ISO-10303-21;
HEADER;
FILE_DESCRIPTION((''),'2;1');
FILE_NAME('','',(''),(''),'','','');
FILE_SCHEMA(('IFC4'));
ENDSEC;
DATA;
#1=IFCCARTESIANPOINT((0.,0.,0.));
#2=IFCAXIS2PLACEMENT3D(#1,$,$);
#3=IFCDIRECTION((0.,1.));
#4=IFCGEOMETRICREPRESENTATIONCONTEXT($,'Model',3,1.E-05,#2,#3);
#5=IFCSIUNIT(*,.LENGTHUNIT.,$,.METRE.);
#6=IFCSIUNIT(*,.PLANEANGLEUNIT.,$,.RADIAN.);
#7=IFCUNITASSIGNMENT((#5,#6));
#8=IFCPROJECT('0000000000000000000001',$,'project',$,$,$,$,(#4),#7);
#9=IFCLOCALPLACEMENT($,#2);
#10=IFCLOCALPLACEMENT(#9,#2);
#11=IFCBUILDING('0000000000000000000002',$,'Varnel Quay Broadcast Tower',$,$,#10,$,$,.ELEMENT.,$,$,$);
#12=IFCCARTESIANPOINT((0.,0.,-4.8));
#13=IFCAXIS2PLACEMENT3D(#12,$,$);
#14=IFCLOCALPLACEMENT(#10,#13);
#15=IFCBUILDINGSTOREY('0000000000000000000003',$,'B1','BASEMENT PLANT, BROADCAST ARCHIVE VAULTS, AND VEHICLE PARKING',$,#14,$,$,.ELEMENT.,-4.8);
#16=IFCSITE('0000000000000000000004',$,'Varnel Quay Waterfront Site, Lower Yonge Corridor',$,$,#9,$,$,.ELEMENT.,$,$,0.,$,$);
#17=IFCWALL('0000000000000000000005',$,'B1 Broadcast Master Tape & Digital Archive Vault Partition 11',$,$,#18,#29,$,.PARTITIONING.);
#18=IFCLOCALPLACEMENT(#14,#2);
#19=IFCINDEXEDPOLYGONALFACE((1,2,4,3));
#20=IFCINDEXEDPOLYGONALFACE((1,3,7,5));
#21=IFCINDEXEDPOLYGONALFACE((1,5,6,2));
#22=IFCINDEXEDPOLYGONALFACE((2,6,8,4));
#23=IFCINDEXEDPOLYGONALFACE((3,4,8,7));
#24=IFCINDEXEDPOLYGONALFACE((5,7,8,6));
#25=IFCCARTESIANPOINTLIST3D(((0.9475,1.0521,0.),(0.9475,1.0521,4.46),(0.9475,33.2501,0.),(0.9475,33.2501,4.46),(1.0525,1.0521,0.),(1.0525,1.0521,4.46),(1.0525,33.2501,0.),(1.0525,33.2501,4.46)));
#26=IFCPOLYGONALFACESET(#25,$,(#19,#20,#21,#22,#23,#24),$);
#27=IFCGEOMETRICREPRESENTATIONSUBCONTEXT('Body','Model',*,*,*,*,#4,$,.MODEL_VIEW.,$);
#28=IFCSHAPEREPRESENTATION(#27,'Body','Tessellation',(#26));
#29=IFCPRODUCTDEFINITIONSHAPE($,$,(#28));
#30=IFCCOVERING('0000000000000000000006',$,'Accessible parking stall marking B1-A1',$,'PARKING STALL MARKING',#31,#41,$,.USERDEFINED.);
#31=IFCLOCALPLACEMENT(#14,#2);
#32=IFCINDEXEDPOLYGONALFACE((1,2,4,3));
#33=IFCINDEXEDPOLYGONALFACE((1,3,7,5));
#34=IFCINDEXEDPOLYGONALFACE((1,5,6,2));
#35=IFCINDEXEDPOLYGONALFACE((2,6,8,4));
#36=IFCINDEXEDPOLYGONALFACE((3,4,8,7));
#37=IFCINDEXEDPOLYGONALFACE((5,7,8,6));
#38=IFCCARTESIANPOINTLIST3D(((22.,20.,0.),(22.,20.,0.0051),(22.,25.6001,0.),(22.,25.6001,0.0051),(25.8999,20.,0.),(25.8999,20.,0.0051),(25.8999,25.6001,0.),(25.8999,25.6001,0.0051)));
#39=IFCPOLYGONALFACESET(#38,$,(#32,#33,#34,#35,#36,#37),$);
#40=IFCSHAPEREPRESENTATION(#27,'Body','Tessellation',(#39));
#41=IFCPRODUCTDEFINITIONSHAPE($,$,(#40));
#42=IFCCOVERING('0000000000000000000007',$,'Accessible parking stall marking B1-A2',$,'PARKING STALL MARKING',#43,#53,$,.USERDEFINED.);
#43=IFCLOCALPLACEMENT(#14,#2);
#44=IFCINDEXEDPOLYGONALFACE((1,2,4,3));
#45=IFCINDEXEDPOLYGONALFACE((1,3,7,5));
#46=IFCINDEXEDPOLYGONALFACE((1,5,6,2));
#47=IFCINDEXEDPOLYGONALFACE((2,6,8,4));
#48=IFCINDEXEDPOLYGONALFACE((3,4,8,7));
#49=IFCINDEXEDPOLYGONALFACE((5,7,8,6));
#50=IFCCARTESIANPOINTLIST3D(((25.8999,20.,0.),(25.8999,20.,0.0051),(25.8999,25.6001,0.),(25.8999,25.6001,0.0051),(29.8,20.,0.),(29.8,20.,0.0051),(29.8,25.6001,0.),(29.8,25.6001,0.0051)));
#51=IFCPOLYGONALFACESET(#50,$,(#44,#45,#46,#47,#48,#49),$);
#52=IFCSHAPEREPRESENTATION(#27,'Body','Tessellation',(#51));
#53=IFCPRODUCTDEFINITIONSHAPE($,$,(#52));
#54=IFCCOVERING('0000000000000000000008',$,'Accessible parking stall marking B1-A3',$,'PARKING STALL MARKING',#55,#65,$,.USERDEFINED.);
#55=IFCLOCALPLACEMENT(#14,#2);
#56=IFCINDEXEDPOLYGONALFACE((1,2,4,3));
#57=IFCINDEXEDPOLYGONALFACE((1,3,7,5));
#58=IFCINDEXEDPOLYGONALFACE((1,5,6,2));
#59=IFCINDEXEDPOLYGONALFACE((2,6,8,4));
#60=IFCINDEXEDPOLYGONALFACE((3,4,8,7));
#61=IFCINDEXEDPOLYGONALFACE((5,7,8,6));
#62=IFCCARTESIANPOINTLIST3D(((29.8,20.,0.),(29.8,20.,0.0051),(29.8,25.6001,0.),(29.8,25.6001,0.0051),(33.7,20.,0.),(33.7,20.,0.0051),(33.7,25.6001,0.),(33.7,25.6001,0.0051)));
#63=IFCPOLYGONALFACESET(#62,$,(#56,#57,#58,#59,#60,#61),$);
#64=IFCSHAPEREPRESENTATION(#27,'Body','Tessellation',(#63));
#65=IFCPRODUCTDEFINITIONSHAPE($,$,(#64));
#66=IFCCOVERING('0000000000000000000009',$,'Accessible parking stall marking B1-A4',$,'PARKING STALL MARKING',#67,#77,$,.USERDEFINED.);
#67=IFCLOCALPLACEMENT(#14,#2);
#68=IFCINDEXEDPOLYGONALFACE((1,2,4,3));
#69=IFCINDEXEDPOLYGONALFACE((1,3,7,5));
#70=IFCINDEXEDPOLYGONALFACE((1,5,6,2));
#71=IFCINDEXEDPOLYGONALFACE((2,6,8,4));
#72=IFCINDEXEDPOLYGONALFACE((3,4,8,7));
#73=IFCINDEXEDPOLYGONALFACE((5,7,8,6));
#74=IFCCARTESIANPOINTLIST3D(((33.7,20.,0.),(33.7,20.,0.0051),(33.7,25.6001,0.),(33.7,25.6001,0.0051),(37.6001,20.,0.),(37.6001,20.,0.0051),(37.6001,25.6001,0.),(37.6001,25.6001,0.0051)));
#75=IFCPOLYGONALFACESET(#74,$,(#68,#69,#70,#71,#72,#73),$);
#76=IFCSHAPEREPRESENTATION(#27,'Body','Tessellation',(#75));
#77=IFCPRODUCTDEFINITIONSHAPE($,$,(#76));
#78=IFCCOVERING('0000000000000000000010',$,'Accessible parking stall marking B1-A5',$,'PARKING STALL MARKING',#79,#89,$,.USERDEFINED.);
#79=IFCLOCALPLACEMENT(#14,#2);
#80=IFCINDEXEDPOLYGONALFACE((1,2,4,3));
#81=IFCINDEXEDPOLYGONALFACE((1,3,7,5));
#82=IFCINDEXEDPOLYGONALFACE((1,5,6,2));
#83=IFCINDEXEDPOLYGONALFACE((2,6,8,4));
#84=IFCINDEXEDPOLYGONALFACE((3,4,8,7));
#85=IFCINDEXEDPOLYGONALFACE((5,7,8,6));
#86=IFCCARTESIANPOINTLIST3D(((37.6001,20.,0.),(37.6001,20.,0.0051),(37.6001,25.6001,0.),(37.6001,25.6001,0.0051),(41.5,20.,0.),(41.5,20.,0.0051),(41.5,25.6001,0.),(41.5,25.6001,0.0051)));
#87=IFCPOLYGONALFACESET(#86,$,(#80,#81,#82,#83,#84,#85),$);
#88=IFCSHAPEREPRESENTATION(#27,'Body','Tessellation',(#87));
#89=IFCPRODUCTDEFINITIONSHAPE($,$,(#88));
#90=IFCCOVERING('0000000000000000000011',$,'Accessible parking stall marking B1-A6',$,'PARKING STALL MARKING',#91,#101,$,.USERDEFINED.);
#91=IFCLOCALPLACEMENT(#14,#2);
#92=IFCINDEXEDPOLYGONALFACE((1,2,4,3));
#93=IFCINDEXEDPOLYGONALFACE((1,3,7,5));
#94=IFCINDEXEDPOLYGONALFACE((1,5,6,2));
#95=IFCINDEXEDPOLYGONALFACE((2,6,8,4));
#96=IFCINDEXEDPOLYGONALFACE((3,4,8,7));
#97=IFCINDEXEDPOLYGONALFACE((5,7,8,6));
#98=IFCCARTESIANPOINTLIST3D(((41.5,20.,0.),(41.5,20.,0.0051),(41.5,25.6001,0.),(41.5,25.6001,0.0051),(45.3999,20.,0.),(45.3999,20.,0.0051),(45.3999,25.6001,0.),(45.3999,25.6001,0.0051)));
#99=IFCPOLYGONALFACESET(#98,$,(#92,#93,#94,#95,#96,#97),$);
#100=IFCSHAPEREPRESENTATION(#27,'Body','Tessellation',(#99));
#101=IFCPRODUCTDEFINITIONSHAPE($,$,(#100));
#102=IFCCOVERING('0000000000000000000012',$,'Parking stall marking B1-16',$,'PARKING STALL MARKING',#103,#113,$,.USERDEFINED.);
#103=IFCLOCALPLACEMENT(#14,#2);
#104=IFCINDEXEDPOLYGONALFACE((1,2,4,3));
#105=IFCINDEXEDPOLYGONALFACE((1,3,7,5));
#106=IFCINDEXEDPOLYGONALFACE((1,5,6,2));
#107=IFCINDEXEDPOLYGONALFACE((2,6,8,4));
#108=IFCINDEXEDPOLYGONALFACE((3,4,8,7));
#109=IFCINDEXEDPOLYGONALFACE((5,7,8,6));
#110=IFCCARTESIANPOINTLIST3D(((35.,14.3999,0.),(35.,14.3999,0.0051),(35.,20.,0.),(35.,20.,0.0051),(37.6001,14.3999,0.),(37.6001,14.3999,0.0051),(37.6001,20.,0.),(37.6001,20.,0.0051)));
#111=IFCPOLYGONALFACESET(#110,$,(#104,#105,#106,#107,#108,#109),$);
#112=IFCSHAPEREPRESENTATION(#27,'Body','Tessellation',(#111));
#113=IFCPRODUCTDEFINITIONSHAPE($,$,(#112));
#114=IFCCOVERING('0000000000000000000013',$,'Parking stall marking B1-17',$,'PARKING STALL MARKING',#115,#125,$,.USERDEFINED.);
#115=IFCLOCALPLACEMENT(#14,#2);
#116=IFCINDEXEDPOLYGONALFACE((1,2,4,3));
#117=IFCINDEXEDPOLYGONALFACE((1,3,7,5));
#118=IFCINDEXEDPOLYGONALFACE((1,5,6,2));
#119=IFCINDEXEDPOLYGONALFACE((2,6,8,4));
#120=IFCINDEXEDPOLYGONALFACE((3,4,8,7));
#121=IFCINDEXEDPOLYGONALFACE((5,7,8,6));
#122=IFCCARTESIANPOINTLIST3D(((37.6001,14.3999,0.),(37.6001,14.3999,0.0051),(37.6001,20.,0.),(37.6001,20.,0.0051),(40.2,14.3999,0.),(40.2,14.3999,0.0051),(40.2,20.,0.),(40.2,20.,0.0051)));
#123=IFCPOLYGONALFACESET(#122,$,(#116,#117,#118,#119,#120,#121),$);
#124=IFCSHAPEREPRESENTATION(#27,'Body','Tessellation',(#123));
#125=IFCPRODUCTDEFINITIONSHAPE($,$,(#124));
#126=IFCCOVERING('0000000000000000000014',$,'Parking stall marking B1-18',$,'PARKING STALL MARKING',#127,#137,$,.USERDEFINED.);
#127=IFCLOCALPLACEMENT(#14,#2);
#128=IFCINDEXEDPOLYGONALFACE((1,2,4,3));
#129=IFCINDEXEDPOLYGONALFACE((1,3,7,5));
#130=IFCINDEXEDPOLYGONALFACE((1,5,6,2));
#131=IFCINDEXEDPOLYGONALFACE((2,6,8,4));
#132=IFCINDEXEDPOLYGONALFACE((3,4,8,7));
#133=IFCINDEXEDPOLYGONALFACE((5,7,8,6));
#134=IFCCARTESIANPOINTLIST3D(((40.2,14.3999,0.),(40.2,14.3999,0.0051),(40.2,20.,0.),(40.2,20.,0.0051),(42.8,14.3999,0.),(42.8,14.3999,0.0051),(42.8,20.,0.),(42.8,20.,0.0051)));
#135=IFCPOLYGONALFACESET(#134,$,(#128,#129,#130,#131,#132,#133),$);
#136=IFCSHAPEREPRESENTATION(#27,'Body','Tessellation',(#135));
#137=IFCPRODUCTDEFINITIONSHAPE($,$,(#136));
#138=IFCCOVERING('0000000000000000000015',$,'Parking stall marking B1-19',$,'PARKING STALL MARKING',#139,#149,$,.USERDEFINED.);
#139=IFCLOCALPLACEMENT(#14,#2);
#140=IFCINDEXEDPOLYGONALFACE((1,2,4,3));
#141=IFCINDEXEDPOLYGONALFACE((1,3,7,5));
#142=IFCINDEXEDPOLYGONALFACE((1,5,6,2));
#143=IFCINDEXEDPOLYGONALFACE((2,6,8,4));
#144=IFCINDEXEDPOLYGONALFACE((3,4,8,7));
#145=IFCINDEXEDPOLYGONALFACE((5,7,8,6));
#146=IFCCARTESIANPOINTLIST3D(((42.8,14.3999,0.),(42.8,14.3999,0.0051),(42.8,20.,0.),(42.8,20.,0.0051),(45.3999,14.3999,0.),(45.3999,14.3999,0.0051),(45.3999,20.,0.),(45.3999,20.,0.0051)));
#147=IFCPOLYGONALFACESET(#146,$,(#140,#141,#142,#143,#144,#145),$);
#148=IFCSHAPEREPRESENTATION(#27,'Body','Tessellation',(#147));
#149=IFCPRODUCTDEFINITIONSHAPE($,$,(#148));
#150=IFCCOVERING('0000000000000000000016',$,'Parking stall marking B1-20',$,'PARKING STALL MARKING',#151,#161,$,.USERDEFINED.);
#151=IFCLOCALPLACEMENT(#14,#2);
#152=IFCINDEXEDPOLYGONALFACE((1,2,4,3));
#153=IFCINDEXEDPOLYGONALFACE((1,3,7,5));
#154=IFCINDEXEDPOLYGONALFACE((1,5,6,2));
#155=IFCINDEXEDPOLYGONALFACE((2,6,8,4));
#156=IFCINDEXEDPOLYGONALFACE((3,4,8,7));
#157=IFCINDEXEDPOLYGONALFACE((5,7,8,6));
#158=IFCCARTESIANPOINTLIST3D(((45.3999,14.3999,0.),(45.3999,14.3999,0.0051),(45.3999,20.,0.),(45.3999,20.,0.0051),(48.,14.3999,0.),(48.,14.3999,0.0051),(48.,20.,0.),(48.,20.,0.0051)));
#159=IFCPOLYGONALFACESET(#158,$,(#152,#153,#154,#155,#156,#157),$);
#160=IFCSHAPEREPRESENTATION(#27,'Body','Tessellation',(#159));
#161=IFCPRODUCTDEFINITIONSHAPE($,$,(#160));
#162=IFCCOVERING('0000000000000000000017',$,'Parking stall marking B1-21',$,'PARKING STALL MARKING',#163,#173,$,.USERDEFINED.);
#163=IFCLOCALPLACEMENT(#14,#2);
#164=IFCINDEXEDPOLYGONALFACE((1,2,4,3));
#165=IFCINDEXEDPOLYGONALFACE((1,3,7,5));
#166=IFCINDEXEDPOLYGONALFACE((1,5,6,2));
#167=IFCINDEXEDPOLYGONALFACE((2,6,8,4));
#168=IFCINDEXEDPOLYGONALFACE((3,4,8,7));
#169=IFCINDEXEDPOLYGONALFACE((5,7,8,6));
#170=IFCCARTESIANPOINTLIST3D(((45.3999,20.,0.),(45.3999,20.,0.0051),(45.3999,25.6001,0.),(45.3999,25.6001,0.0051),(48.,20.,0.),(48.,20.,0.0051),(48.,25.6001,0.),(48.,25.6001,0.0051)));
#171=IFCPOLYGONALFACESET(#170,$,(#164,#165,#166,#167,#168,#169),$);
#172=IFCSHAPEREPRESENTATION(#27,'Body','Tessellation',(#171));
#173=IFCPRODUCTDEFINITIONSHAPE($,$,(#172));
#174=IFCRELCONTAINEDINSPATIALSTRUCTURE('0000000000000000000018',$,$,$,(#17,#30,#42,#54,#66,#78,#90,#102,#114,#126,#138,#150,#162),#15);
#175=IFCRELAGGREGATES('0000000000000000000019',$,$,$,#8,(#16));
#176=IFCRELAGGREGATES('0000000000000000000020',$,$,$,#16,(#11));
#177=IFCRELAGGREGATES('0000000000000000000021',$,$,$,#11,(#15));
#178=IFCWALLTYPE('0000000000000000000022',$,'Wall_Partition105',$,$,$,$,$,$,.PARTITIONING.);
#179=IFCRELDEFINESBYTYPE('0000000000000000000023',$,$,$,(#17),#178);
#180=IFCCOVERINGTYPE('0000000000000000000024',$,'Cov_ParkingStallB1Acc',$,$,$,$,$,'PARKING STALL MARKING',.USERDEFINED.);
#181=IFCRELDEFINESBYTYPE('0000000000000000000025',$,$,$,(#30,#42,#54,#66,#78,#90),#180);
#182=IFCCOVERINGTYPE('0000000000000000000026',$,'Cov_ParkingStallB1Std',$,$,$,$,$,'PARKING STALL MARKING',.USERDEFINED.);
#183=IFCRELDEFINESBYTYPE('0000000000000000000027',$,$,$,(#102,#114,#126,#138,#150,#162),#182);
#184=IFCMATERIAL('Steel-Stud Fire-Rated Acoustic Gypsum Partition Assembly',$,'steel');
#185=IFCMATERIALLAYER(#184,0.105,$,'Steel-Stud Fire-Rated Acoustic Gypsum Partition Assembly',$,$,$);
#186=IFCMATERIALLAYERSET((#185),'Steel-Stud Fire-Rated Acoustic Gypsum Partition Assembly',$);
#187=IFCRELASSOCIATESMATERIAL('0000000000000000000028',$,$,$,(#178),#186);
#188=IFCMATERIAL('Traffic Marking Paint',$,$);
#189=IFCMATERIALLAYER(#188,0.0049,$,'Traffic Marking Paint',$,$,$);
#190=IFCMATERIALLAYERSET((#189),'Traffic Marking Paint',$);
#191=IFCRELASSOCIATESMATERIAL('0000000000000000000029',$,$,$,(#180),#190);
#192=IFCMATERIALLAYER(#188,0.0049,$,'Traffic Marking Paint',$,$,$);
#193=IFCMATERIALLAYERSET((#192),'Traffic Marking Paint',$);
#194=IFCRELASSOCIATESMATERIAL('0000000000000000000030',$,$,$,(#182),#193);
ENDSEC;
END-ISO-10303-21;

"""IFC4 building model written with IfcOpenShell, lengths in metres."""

from ifc_helpers import new_model, si_unit, direction, frame, frame_2d, origin, place, context, subcontext, project, spatial, polyline, rectangle, outline, extrude, material, layer, layer_set, type_object, element, save


model = new_model("IFC4")

# Units and contexts
model_context = context("Model", 3, precision=1e-05, world=origin(), true_north=direction((0.0, 1.0)))
body_context = subcontext(model_context, "Body", "Model", "MODEL_VIEW")
ifc_project = project(units=[si_unit("LENGTHUNIT", "METRE"), si_unit("PLANEANGLEUNIT", "RADIAN")], contexts=[model_context])

# Site, building, storey
site_placement = place(None, origin())
site = spatial("IfcSite", under=ifc_project, at=site_placement, Name="Varnel Quay Waterfront Site, Lower Yonge Corridor", CompositionType="ELEMENT", RefElevation=0.0)
building_placement = place(site_placement, origin())
building = spatial("IfcBuilding", under=site, at=building_placement, Name="Varnel Quay Broadcast Tower", CompositionType="ELEMENT")
storey_placement = place(building_placement, frame((0.0, 0.0, -4.8)))
storey = spatial("IfcBuildingStorey", under=building, at=storey_placement, Name="B1", Description="BASEMENT PLANT, BROADCAST ARCHIVE VAULTS, AND VEHICLE PARKING", CompositionType="ELEMENT", Elevation=-4.8)

# Wall
ifc_material_1 = material(Name="Steel-Stud Fire-Rated Acoustic Gypsum Partition Assembly", Category="steel")
ifc_layer_1 = layer(ifc_material_1, 0.105, Name="Steel-Stud Fire-Rated Acoustic Gypsum Partition Assembly")
ifc_layer_set_1 = layer_set([ifc_layer_1], Name="Steel-Stud Fire-Rated Acoustic Gypsum Partition Assembly")
wall_type_1 = type_object("IfcWallType", Name="Wall_Partition105", PredefinedType="PARTITIONING", material=ifc_layer_set_1)
wall_1_placement = place(storey_placement, frame((1.0, 1.052, 0.0), z_axis=(0.0, 0.0, 1.0), x_axis=(0.0, 1.0, 0.0)))
element("IfcWall", 1, at=wall_1_placement, inside=storey, type_object=wall_type_1, Name="B1 Broadcast Master Tape & Digital Archive Vault Partition 11", PredefinedType="PARTITIONING", context=body_context, shape_type="SweptSolid", body=[
    extrude(rectangle(XDim=32.198, YDim=0.105, at=frame_2d((16.0991, 0.0))), origin(), (0.0, 0.0, 1.0), 4.46),
])

# Coverings
ifc_material_2 = material(Name="Traffic Marking Paint")
ifc_layer_2 = layer(ifc_material_2, 0.0049, Name="Traffic Marking Paint")
ifc_layer_set_2 = layer_set([ifc_layer_2], Name="Traffic Marking Paint")
covering_type_1 = type_object("IfcCoveringType", Name="Cov_ParkingStallB1Acc", ElementType="PARKING STALL MARKING", PredefinedType="USERDEFINED", material=ifc_layer_set_2)
covering_1_placement = place(storey_placement, origin())
element("IfcCovering", 2, at=covering_1_placement, inside=storey, type_object=covering_type_1, Name="Accessible parking stall marking B1-A1", ObjectType="PARKING STALL MARKING", PredefinedType="USERDEFINED", context=body_context, shape_type="SweptSolid", body=[
    extrude(outline(polyline([(22.0, 20.0), (25.8999, 20.0), (25.8999, 25.6001), (22.0, 25.6001), (22.0, 20.0)])), origin(), (0.0, 0.0, 1.0), 0.0051),
])
covering_2_placement = place(storey_placement, origin())
element("IfcCovering", 3, at=covering_2_placement, inside=storey, type_object=covering_type_1, Name="Accessible parking stall marking B1-A2", ObjectType="PARKING STALL MARKING", PredefinedType="USERDEFINED", context=body_context, shape_type="SweptSolid", body=[
    extrude(outline(polyline([(25.8999, 20.0), (29.8, 20.0), (29.8, 25.6001), (25.8999, 25.6001), (25.8999, 20.0)])), origin(), (0.0, 0.0, 1.0), 0.0051),
])
covering_3_placement = place(storey_placement, origin())
element("IfcCovering", 4, at=covering_3_placement, inside=storey, type_object=covering_type_1, Name="Accessible parking stall marking B1-A3", ObjectType="PARKING STALL MARKING", PredefinedType="USERDEFINED", context=body_context, shape_type="SweptSolid", body=[
    extrude(outline(polyline([(29.8, 20.0), (33.7, 20.0), (33.7, 25.6001), (29.8, 25.6001), (29.8, 20.0)])), origin(), (0.0, 0.0, 1.0), 0.0051),
])
covering_4_placement = place(storey_placement, origin())
element("IfcCovering", 5, at=covering_4_placement, inside=storey, type_object=covering_type_1, Name="Accessible parking stall marking B1-A4", ObjectType="PARKING STALL MARKING", PredefinedType="USERDEFINED", context=body_context, shape_type="SweptSolid", body=[
    extrude(outline(polyline([(33.7, 20.0), (37.6001, 20.0), (37.6001, 25.6001), (33.7, 25.6001), (33.7, 20.0)])), origin(), (0.0, 0.0, 1.0), 0.0051),
])
covering_5_placement = place(storey_placement, origin())
element("IfcCovering", 6, at=covering_5_placement, inside=storey, type_object=covering_type_1, Name="Accessible parking stall marking B1-A5", ObjectType="PARKING STALL MARKING", PredefinedType="USERDEFINED", context=body_context, shape_type="SweptSolid", body=[
    extrude(outline(polyline([(37.6001, 20.0), (41.5, 20.0), (41.5, 25.6001), (37.6001, 25.6001), (37.6001, 20.0)])), origin(), (0.0, 0.0, 1.0), 0.0051),
])
covering_6_placement = place(storey_placement, origin())
element("IfcCovering", 7, at=covering_6_placement, inside=storey, type_object=covering_type_1, Name="Accessible parking stall marking B1-A6", ObjectType="PARKING STALL MARKING", PredefinedType="USERDEFINED", context=body_context, shape_type="SweptSolid", body=[
    extrude(outline(polyline([(41.5, 20.0), (45.3999, 20.0), (45.3999, 25.6001), (41.5, 25.6001), (41.5, 20.0)])), origin(), (0.0, 0.0, 1.0), 0.0051),
])
ifc_layer_3 = layer(ifc_material_2, 0.0049, Name="Traffic Marking Paint")
ifc_layer_set_3 = layer_set([ifc_layer_3], Name="Traffic Marking Paint")
covering_type_2 = type_object("IfcCoveringType", Name="Cov_ParkingStallB1Std", ElementType="PARKING STALL MARKING", PredefinedType="USERDEFINED", material=ifc_layer_set_3)
covering_7_placement = place(storey_placement, origin())
element("IfcCovering", 8, at=covering_7_placement, inside=storey, type_object=covering_type_2, Name="Parking stall marking B1-16", ObjectType="PARKING STALL MARKING", PredefinedType="USERDEFINED", context=body_context, shape_type="SweptSolid", body=[
    extrude(outline(polyline([(35.0, 14.3999), (37.6001, 14.3999), (37.6001, 20.0), (35.0, 20.0), (35.0, 14.3999)])), origin(), (0.0, 0.0, 1.0), 0.0051),
])
covering_8_placement = place(storey_placement, origin())
element("IfcCovering", 9, at=covering_8_placement, inside=storey, type_object=covering_type_2, Name="Parking stall marking B1-17", ObjectType="PARKING STALL MARKING", PredefinedType="USERDEFINED", context=body_context, shape_type="SweptSolid", body=[
    extrude(outline(polyline([(37.6001, 14.3999), (40.2, 14.3999), (40.2, 20.0), (37.6001, 20.0), (37.6001, 14.3999)])), origin(), (0.0, 0.0, 1.0), 0.0051),
])
covering_9_placement = place(storey_placement, origin())
element("IfcCovering", 10, at=covering_9_placement, inside=storey, type_object=covering_type_2, Name="Parking stall marking B1-18", ObjectType="PARKING STALL MARKING", PredefinedType="USERDEFINED", context=body_context, shape_type="SweptSolid", body=[
    extrude(outline(polyline([(40.2, 14.3999), (42.8, 14.3999), (42.8, 20.0), (40.2, 20.0), (40.2, 14.3999)])), origin(), (0.0, 0.0, 1.0), 0.0051),
])
covering_10_placement = place(storey_placement, origin())
element("IfcCovering", 11, at=covering_10_placement, inside=storey, type_object=covering_type_2, Name="Parking stall marking B1-19", ObjectType="PARKING STALL MARKING", PredefinedType="USERDEFINED", context=body_context, shape_type="SweptSolid", body=[
    extrude(outline(polyline([(42.8, 14.3999), (45.3999, 14.3999), (45.3999, 20.0), (42.8, 20.0), (42.8, 14.3999)])), origin(), (0.0, 0.0, 1.0), 0.0051),
])
covering_11_placement = place(storey_placement, origin())
element("IfcCovering", 12, at=covering_11_placement, inside=storey, type_object=covering_type_2, Name="Parking stall marking B1-20", ObjectType="PARKING STALL MARKING", PredefinedType="USERDEFINED", context=body_context, shape_type="SweptSolid", body=[
    extrude(outline(polyline([(45.3999, 14.3999), (48.0, 14.3999), (48.0, 20.0), (45.3999, 20.0), (45.3999, 14.3999)])), origin(), (0.0, 0.0, 1.0), 0.0051),
])
covering_12_placement = place(storey_placement, origin())
element("IfcCovering", 13, at=covering_12_placement, inside=storey, type_object=covering_type_2, Name="Parking stall marking B1-21", ObjectType="PARKING STALL MARKING", PredefinedType="USERDEFINED", context=body_context, shape_type="SweptSolid", body=[
    extrude(outline(polyline([(45.3999, 20.0), (48.0, 20.0), (48.0, 25.6001), (45.3999, 25.6001), (45.3999, 20.0)])), origin(), (0.0, 0.0, 1.0), 0.0051),
])

save(model, "model.ifc")
